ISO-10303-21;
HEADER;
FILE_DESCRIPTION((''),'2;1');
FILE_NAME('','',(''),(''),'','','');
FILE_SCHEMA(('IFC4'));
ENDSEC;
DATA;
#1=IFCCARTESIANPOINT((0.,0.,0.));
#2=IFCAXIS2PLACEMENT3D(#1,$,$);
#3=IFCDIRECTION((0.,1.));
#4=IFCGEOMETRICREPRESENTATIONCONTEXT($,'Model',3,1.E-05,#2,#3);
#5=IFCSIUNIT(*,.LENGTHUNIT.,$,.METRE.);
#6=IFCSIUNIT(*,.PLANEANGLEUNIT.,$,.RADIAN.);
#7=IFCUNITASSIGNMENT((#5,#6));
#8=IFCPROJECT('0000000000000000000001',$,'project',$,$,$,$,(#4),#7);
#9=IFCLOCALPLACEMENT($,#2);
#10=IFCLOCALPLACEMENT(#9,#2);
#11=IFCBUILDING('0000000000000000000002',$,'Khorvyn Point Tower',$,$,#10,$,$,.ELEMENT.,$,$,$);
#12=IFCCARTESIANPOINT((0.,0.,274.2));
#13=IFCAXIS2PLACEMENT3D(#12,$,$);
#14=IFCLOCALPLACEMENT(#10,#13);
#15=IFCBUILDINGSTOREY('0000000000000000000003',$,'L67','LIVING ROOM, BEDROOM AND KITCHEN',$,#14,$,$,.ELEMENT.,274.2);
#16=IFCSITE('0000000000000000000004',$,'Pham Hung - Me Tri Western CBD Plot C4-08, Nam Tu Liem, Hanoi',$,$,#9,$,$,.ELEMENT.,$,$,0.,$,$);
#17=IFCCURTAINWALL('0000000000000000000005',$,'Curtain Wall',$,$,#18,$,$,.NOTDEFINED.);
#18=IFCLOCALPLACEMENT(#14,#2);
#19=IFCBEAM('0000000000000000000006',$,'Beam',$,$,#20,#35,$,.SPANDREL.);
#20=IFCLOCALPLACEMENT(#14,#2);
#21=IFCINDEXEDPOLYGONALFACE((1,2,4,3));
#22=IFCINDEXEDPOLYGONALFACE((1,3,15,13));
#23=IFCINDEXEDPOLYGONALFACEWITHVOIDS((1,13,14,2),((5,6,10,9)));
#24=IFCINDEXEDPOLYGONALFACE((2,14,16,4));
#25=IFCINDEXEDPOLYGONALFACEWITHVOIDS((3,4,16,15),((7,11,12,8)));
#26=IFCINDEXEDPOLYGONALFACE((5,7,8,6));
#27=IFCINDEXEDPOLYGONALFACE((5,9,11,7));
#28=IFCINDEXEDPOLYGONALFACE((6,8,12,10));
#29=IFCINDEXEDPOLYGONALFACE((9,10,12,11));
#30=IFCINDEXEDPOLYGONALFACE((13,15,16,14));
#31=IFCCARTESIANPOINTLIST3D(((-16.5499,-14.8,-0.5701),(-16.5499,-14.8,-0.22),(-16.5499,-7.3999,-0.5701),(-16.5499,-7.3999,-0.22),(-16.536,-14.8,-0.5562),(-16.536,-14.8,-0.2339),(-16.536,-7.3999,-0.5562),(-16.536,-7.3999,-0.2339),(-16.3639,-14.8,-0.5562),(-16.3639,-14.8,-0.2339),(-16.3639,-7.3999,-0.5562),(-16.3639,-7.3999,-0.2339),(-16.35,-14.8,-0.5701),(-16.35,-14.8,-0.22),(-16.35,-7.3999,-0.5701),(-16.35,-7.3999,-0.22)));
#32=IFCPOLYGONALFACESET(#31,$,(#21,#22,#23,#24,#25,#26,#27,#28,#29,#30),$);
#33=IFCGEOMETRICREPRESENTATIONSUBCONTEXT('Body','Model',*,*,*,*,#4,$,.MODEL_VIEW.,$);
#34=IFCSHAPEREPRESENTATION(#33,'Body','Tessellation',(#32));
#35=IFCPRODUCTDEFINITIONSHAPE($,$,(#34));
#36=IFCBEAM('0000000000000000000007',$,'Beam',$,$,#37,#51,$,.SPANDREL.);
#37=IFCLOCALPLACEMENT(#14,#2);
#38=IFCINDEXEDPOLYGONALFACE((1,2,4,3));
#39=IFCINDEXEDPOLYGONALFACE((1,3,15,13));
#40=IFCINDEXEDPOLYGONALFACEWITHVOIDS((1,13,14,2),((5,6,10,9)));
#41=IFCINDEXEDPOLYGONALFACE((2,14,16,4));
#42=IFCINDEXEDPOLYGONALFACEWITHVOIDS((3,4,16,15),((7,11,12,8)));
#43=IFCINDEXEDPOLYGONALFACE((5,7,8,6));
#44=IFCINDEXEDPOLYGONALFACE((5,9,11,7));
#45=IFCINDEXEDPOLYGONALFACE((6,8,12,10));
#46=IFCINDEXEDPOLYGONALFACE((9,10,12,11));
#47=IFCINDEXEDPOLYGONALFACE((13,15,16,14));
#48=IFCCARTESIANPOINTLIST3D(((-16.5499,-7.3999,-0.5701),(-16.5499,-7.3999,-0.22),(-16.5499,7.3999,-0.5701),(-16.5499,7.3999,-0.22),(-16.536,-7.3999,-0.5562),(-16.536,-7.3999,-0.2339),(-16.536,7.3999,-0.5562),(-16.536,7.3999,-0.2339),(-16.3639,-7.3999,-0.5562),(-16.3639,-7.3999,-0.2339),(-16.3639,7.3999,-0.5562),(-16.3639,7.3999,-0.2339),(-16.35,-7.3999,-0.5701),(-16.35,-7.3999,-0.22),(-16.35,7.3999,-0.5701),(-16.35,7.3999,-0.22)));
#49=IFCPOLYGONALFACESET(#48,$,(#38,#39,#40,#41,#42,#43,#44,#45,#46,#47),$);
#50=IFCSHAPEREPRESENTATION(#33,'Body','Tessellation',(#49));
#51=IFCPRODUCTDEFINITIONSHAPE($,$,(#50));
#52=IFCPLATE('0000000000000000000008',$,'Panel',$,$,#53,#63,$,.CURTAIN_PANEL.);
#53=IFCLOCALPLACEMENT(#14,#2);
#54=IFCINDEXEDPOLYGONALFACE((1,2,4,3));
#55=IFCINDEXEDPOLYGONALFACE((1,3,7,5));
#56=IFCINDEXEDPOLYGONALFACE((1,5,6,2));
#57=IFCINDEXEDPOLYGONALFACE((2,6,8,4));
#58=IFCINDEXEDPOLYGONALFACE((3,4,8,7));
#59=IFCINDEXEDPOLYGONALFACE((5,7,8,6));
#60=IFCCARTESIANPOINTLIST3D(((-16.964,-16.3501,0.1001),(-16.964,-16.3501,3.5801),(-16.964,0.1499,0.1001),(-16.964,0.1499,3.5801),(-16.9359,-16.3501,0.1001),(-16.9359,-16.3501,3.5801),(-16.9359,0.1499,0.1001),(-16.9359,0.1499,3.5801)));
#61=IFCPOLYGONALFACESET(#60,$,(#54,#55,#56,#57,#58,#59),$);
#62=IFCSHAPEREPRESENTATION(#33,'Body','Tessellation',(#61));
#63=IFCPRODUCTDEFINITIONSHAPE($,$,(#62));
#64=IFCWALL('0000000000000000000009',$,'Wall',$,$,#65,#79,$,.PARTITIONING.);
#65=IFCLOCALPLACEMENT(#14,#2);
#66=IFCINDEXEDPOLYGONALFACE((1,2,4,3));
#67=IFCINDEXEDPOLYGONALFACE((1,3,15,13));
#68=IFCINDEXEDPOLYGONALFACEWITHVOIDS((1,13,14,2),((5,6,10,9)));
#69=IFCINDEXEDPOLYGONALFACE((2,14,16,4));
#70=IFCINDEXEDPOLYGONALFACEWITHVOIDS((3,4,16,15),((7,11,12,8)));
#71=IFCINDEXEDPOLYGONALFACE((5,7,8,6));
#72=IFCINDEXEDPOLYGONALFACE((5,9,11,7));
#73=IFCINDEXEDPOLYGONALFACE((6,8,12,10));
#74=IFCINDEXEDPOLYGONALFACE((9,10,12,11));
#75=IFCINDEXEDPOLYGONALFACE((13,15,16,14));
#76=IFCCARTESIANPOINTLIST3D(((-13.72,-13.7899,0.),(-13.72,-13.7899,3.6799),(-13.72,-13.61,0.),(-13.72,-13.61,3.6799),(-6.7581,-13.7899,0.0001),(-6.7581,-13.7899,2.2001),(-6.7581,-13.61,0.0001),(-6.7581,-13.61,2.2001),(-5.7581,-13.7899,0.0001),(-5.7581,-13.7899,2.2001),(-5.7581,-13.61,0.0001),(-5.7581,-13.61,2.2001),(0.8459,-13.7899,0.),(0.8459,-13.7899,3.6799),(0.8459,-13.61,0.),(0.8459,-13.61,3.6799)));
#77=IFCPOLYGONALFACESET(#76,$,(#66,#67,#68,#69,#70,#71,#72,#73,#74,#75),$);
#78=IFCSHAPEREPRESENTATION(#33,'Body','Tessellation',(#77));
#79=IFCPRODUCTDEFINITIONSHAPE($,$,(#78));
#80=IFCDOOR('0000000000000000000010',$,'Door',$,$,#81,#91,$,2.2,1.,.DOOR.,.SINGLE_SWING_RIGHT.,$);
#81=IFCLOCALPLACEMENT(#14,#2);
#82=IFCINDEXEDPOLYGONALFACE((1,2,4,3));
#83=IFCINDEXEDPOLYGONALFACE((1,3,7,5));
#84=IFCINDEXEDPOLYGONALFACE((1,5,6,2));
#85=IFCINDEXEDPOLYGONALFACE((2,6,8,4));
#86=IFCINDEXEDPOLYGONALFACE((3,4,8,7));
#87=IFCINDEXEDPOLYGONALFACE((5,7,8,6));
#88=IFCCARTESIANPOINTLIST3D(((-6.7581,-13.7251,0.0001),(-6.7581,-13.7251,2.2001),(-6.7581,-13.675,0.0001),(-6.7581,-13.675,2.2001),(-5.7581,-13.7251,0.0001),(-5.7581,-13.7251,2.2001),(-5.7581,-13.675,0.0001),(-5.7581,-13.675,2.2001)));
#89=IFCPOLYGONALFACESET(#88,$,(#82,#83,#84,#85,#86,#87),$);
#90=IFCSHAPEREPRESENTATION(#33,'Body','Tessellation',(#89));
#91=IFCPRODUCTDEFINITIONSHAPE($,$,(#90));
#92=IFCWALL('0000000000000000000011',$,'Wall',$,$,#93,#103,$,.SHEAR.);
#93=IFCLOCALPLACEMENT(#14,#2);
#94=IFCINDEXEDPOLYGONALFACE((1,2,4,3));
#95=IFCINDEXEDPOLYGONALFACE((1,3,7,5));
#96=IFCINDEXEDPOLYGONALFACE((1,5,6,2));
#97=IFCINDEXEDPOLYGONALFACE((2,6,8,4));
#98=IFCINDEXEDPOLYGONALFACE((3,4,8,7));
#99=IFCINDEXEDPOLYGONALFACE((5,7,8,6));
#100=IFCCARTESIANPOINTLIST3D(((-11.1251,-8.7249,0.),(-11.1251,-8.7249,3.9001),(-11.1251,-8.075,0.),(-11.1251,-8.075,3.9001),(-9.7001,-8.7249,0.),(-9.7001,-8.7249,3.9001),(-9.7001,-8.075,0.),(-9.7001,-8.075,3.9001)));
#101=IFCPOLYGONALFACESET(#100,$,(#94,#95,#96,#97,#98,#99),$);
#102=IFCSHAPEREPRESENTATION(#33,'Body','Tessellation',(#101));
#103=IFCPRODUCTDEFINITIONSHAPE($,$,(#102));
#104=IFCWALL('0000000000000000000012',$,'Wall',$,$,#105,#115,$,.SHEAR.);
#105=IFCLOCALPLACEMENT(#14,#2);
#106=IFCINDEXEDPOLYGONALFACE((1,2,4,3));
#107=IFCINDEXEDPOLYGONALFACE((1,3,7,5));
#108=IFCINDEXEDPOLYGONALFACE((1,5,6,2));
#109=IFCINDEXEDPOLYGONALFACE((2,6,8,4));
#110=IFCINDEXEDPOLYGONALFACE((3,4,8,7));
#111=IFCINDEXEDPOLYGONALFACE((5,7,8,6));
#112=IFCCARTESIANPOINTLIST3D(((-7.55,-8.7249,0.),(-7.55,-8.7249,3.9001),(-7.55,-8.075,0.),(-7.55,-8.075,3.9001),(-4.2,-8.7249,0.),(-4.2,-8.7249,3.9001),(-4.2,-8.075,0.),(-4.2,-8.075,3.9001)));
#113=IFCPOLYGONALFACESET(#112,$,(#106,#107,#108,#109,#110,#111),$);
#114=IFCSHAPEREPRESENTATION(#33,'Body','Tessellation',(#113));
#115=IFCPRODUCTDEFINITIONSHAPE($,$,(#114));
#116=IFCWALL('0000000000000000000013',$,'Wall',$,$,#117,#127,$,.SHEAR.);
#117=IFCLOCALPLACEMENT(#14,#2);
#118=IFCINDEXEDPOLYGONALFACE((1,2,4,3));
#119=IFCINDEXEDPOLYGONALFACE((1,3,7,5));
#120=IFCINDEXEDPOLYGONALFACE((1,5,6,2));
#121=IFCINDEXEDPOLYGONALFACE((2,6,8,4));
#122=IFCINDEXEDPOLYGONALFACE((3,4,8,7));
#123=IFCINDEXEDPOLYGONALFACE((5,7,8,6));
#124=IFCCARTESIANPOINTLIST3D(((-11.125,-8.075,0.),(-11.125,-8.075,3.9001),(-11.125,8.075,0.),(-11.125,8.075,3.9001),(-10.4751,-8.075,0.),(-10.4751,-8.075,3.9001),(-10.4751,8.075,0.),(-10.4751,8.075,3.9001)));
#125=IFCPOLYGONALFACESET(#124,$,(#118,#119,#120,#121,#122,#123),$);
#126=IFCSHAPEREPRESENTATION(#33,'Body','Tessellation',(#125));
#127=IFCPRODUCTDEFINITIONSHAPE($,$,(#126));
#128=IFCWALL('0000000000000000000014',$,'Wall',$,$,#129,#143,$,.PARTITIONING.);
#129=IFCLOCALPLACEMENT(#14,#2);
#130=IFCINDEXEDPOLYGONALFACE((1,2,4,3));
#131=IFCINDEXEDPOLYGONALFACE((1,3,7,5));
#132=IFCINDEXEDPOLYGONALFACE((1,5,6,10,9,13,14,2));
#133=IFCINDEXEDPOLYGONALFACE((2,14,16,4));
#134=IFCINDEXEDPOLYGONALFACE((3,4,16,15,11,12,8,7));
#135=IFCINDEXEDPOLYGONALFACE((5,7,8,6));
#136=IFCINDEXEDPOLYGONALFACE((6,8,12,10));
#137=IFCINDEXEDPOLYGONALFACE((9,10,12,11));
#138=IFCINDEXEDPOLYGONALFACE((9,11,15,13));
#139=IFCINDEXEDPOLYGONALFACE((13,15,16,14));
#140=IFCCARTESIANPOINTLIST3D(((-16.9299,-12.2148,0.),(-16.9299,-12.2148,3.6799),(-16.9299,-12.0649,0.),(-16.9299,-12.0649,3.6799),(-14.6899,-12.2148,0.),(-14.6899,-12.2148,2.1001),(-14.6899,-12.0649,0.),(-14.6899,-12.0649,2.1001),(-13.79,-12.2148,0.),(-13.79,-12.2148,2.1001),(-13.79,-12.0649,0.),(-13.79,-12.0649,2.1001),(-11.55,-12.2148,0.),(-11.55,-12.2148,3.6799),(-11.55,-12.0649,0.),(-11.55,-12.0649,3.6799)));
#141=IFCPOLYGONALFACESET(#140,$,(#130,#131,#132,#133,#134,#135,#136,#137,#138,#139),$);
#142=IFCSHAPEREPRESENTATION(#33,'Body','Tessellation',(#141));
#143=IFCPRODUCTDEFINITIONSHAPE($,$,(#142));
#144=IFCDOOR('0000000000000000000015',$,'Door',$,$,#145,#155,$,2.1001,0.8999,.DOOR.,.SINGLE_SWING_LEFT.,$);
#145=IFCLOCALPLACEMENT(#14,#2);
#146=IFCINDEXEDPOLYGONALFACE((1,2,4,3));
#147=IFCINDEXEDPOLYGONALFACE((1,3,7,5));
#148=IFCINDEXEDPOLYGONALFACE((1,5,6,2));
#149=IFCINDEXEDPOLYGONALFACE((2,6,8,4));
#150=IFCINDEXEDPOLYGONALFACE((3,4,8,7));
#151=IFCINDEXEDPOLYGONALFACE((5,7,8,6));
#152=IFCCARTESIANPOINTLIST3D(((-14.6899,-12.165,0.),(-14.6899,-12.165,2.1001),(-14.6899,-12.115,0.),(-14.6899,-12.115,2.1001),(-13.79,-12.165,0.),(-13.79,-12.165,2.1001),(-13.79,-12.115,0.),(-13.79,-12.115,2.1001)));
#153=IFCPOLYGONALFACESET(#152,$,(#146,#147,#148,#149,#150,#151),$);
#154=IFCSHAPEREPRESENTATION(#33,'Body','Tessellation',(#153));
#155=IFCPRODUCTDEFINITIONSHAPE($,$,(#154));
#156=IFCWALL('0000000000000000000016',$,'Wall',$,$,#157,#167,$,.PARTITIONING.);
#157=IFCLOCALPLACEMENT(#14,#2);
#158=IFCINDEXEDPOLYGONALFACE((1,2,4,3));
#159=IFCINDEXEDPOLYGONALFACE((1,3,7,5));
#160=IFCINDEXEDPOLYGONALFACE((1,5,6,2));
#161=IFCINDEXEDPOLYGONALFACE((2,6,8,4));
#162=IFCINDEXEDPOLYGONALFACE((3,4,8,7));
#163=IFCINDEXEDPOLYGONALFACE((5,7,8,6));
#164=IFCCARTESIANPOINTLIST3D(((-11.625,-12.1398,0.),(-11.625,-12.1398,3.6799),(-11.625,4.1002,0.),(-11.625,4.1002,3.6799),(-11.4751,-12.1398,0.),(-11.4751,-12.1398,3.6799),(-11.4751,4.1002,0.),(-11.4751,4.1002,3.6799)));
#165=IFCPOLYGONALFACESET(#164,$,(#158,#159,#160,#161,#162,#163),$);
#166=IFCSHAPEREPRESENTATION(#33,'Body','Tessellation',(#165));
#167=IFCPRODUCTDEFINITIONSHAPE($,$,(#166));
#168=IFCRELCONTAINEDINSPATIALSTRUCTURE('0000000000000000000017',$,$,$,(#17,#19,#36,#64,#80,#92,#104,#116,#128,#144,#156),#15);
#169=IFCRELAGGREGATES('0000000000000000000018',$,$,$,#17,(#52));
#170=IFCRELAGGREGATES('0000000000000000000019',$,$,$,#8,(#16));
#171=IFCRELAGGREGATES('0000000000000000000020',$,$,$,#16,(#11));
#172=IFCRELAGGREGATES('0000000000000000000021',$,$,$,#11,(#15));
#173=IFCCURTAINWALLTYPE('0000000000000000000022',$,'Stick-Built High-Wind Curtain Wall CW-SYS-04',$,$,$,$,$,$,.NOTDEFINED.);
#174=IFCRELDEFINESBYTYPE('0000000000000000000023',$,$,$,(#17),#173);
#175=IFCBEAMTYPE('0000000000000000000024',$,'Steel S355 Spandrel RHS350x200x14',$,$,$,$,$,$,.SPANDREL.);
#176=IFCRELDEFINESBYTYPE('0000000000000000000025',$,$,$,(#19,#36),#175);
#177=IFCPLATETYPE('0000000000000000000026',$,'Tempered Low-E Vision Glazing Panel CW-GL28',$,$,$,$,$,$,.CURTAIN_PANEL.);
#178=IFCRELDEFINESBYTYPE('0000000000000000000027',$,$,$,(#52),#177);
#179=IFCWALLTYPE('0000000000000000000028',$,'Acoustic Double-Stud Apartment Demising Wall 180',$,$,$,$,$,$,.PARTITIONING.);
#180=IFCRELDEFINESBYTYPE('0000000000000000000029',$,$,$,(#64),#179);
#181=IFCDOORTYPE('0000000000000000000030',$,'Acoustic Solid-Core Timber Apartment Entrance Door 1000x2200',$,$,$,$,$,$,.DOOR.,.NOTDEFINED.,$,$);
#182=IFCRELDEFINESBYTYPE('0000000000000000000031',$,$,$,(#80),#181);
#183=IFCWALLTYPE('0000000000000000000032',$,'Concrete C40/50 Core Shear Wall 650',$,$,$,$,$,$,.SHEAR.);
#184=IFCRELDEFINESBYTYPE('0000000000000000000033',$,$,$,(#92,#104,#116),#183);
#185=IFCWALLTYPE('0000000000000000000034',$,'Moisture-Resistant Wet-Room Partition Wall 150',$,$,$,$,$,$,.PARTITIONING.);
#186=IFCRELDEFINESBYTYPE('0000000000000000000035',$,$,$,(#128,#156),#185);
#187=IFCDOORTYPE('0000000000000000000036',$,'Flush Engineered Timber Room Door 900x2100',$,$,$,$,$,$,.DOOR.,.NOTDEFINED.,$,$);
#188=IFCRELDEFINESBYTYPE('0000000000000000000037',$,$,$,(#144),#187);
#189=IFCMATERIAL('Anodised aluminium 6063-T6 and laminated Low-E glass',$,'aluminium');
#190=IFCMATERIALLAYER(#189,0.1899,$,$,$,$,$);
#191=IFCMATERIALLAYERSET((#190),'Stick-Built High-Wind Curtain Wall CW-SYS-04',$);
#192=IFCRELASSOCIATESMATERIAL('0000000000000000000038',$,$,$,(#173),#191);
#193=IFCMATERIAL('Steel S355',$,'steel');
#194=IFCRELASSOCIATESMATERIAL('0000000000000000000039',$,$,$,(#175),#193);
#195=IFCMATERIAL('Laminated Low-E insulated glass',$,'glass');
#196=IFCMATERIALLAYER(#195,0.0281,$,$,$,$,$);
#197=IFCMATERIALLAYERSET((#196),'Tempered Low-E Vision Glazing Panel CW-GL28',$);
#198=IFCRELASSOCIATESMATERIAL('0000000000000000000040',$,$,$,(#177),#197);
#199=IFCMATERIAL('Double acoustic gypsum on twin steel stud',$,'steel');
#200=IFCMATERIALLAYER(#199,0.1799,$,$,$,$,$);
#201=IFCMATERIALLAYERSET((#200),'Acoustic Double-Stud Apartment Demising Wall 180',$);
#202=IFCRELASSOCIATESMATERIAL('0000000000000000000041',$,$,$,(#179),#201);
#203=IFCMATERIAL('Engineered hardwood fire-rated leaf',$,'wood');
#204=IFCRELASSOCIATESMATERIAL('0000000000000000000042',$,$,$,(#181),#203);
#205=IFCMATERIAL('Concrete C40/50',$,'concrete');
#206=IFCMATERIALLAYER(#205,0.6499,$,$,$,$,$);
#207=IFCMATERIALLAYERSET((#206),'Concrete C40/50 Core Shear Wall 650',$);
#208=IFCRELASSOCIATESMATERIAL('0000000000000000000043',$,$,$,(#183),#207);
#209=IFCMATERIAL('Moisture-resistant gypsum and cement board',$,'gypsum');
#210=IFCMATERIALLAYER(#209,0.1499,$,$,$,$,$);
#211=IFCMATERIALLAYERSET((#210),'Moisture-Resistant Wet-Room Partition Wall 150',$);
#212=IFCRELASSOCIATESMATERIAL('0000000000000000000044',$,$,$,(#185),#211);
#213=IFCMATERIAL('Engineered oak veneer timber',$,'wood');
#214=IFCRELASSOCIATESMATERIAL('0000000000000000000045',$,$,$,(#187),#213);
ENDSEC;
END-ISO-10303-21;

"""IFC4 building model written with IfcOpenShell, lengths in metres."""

from ifc_helpers import new_model, si_unit, direction, frame, frame_2d, origin, origin_2d, place, context, subcontext, project, spatial, rectangle, hollow_rectangle, extrude, material, layer, layer_set, material_profile, profile_set, type_object, element, fill, aggregate, save


model = new_model("IFC4")

# Units and contexts
model_context = context("Model", 3, precision=1e-05, world=origin(), true_north=direction((0.0, 1.0)))
body_context = subcontext(model_context, "Body", "Model", "MODEL_VIEW")
ifc_project = project(units=[si_unit("LENGTHUNIT", "METRE"), si_unit("PLANEANGLEUNIT", "RADIAN")], contexts=[model_context])

# Site, building, storey
site_placement = place(None, origin())
site = spatial("IfcSite", under=ifc_project, at=site_placement, Name="Pham Hung - Me Tri Western CBD Plot C4-08, Nam Tu Liem, Hanoi", CompositionType="ELEMENT", RefElevation=0.0)
building_placement = place(site_placement, origin())
building = spatial("IfcBuilding", under=site, at=building_placement, Name="Khorvyn Point Tower", CompositionType="ELEMENT")
storey_placement = place(building_placement, frame((0.0, 0.0, 274.2)))
storey = spatial("IfcBuildingStorey", under=building, at=storey_placement, Name="L67", Description="LIVING ROOM, BEDROOM AND KITCHEN", CompositionType="ELEMENT", Elevation=274.2)

# Shared definitions
ifc_material_1 = material(Name="Concrete C40/50", Category="concrete")
ifc_material_2 = material(Name="Steel S355", Category="steel")

# Curtain wall
ifc_material_3 = material(Name="Anodised aluminium 6063-T6 and laminated Low-E glass", Category="aluminium")
ifc_layer_1 = layer(ifc_material_3, 0.1899)
ifc_layer_set_1 = layer_set([ifc_layer_1], Name="Stick-Built High-Wind Curtain Wall CW-SYS-04")
curtain_wall_type = type_object("IfcCurtainWallType", Name="Stick-Built High-Wind Curtain Wall CW-SYS-04", PredefinedType="NOTDEFINED", material=ifc_layer_set_1)
curtain_wall_placement = place(storey_placement, origin())
curtain_wall = element("IfcCurtainWall", 1, at=curtain_wall_placement, inside=storey, type_object=curtain_wall_type, Name="Curtain Wall", PredefinedType="NOTDEFINED")

# Beams
ifc_material_profile_1 = material_profile(ifc_material_2, hollow_rectangle(XDim=0.2, YDim=0.3501, WallThickness=0.0139, at=origin_2d()))
ifc_profile_set_1 = profile_set([ifc_material_profile_1], Name="Steel S355 RHS350x200x14")
beam_type_1 = type_object("IfcBeamType", Name="Steel S355 Spandrel RHS350x200x14", PredefinedType="SPANDREL", material=ifc_profile_set_1)
beam_1_placement = place(storey_placement, frame((-16.45, -14.8, -0.395), z_axis=(0.0, 1.0, 0.0), x_axis=(-1.0, 0.0, 0.0)))
element("IfcBeam", 2, at=beam_1_placement, inside=storey, type_object=beam_type_1, Name="Beam", PredefinedType="SPANDREL", context=body_context, shape_type="SweptSolid", body=[
    extrude(hollow_rectangle(XDim=0.2, YDim=0.3501, WallThickness=0.0139, at=origin_2d()), origin(), (0.0, 0.0, 1.0), 7.4001),
])
beam_2_placement = place(storey_placement, frame((-16.45, -7.3999, -0.395), z_axis=(0.0, 1.0, 0.0), x_axis=(-1.0, 0.0, 0.0)))
element("IfcBeam", 3, at=beam_2_placement, inside=storey, type_object=beam_type_1, Name="Beam", PredefinedType="SPANDREL", context=body_context, shape_type="SweptSolid", body=[
    extrude(hollow_rectangle(XDim=0.2, YDim=0.3501, WallThickness=0.0139, at=origin_2d()), origin(), (0.0, 0.0, 1.0), 14.7998),
])

# Plate
ifc_material_4 = material(Name="Laminated Low-E insulated glass", Category="glass")
ifc_layer_2 = layer(ifc_material_4, 0.0281)
ifc_layer_set_2 = layer_set([ifc_layer_2], Name="Tempered Low-E Vision Glazing Panel CW-GL28")
plate_type = type_object("IfcPlateType", Name="Tempered Low-E Vision Glazing Panel CW-GL28", PredefinedType="CURTAIN_PANEL", material=ifc_layer_set_2)
plate_placement = place(storey_placement, frame((-16.95, -8.1001, 0.1001), z_axis=(0.0, 0.0, 1.0), x_axis=(0.0, 1.0, 0.0)))
plate = element("IfcPlate", 4, at=plate_placement, type_object=plate_type, Name="Panel", PredefinedType="CURTAIN_PANEL", context=body_context, shape_type="SweptSolid", body=[
    extrude(rectangle(XDim=16.5, YDim=0.0281, at=origin_2d()), origin(), (0.0, 0.0, 1.0), 3.48),
])
aggregate(curtain_wall, [plate])

# Wall, opening, door
ifc_material_5 = material(Name="Double acoustic gypsum on twin steel stud", Category="steel")
ifc_layer_3 = layer(ifc_material_5, 0.1799)
ifc_layer_set_3 = layer_set([ifc_layer_3], Name="Acoustic Double-Stud Apartment Demising Wall 180")
wall_type_1 = type_object("IfcWallType", Name="Acoustic Double-Stud Apartment Demising Wall 180", PredefinedType="PARTITIONING", material=ifc_layer_set_3)
wall_1_placement = place(storey_placement, frame((-13.72, -13.7, 0.0), z_axis=(0.0, 0.0, 1.0), x_axis=(1.0, 0.0, 0.0)))
wall_1 = element("IfcWall", 5, at=wall_1_placement, inside=storey, type_object=wall_type_1, Name="Wall", PredefinedType="PARTITIONING", context=body_context, shape_type="SweptSolid", body=[
    extrude(rectangle(XDim=14.5659, YDim=0.1799, at=frame_2d((7.283, 0.0))), origin(), (0.0, 0.0, 1.0), 3.6799),
])
opening_1_placement = place(wall_1_placement, frame((6.9619, 0.0, 0.0)))
opening_1 = element("IfcOpeningElement", 6, at=opening_1_placement, cuts=wall_1, PredefinedType="OPENING", context=body_context, shape_type="SweptSolid", body=[
    extrude(rectangle(XDim=1.0, YDim=2.2, at=frame_2d((0.5, 1.1001))), frame((0.0, 0.0999, 0.0), z_axis=(0.0, -1.0, 0.0), x_axis=(1.0, 0.0, 0.0)), (0.0, 0.0, 1.0), 0.2),
])
ifc_material_6 = material(Name="Engineered hardwood fire-rated leaf", Category="wood")
door_type_1 = type_object("IfcDoorType", Name="Acoustic Solid-Core Timber Apartment Entrance Door 1000x2200", OperationType="NOTDEFINED", PredefinedType="DOOR", material=ifc_material_6)
door_1_placement = place(opening_1_placement, origin())
door_1 = element("IfcDoor", 7, at=door_1_placement, inside=storey, type_object=door_type_1, Name="Door", OperationType="SINGLE_SWING_RIGHT", OverallHeight=2.2, OverallWidth=1.0, PredefinedType="DOOR", context=body_context, shape_type="SweptSolid", body=[
    extrude(rectangle(XDim=1.0, YDim=2.2, at=frame_2d((0.5, 1.1001))), frame((0.0, 0.0249, 0.0), z_axis=(0.0, -1.0, 0.0), x_axis=(1.0, 0.0, 0.0)), (0.0, 0.0, 1.0), 0.05),
])
fill(opening_1, door_1)

# Walls
ifc_layer_4 = layer(ifc_material_1, 0.6499)
ifc_layer_set_4 = layer_set([ifc_layer_4], Name="Concrete C40/50 Core Shear Wall 650")
wall_type_2 = type_object("IfcWallType", Name="Concrete C40/50 Core Shear Wall 650", PredefinedType="SHEAR", material=ifc_layer_set_4)
wall_2_placement = place(storey_placement, frame((-11.125, -8.3999, 0.0), z_axis=(0.0, 0.0, 1.0), x_axis=(1.0, 0.0, 0.0)))
element("IfcWall", 8, at=wall_2_placement, inside=storey, type_object=wall_type_2, Name="Wall", PredefinedType="SHEAR", context=body_context, shape_type="SweptSolid", body=[
    extrude(rectangle(XDim=1.425, YDim=0.6499, at=frame_2d((0.7124, 0.0))), origin(), (0.0, 0.0, 1.0), 3.9001),
])
wall_3_placement = place(storey_placement, frame((-7.55, -8.3999, 0.0), z_axis=(0.0, 0.0, 1.0), x_axis=(1.0, 0.0, 0.0)))
element("IfcWall", 9, at=wall_3_placement, inside=storey, type_object=wall_type_2, Name="Wall", PredefinedType="SHEAR", context=body_context, shape_type="SweptSolid", body=[
    extrude(rectangle(XDim=3.3501, YDim=0.6499, at=frame_2d((1.675, 0.0))), origin(), (0.0, 0.0, 1.0), 3.9001),
])
wall_4_placement = place(storey_placement, frame((-10.8, -8.075, 0.0), z_axis=(0.0, 0.0, 1.0), x_axis=(0.0, 1.0, 0.0)))
element("IfcWall", 10, at=wall_4_placement, inside=storey, type_object=wall_type_2, Name="Wall", PredefinedType="SHEAR", context=body_context, shape_type="SweptSolid", body=[
    extrude(rectangle(XDim=16.1499, YDim=0.6499, at=frame_2d((8.075, 0.0))), origin(), (0.0, 0.0, 1.0), 3.9001),
])

# Wall, opening, door
ifc_material_7 = material(Name="Moisture-resistant gypsum and cement board", Category="gypsum")
ifc_layer_5 = layer(ifc_material_7, 0.1499)
ifc_layer_set_5 = layer_set([ifc_layer_5], Name="Moisture-Resistant Wet-Room Partition Wall 150")
wall_type_3 = type_object("IfcWallType", Name="Moisture-Resistant Wet-Room Partition Wall 150", PredefinedType="PARTITIONING", material=ifc_layer_set_5)
wall_5_placement = place(storey_placement, frame((-16.9299, -12.1399, 0.0), z_axis=(0.0, 0.0, 1.0), x_axis=(1.0, 0.0, 0.0)))
wall_5 = element("IfcWall", 11, at=wall_5_placement, inside=storey, type_object=wall_type_3, Name="Wall", PredefinedType="PARTITIONING", context=body_context, shape_type="SweptSolid", body=[
    extrude(rectangle(XDim=5.3799, YDim=0.1499, at=frame_2d((2.6899, 0.0))), origin(), (0.0, 0.0, 1.0), 3.6799),
])
opening_2_placement = place(wall_5_placement, frame((2.24, 0.0, 0.0)))
opening_2 = element("IfcOpeningElement", 12, at=opening_2_placement, cuts=wall_5, PredefinedType="OPENING", context=body_context, shape_type="SweptSolid", body=[
    extrude(rectangle(XDim=0.8999, YDim=2.1001, at=frame_2d((0.45, 1.05))), frame((0.0, 0.085, 0.0), z_axis=(0.0, -1.0, 0.0), x_axis=(1.0, 0.0, 0.0)), (0.0, 0.0, 1.0), 0.1699),
])
ifc_material_8 = material(Name="Engineered oak veneer timber", Category="wood")
door_type_2 = type_object("IfcDoorType", Name="Flush Engineered Timber Room Door 900x2100", OperationType="NOTDEFINED", PredefinedType="DOOR", material=ifc_material_8)
door_2_placement = place(opening_2_placement, origin())
door_2 = element("IfcDoor", 13, at=door_2_placement, inside=storey, type_object=door_type_2, Name="Door", OperationType="SINGLE_SWING_LEFT", OverallHeight=2.1001, OverallWidth=0.8999, PredefinedType="DOOR", context=body_context, shape_type="SweptSolid", body=[
    extrude(rectangle(XDim=0.8999, YDim=2.1001, at=frame_2d((0.45, 1.05))), frame((0.0, 0.0249, 0.0), z_axis=(0.0, -1.0, 0.0), x_axis=(1.0, 0.0, 0.0)), (0.0, 0.0, 1.0), 0.05),
])
fill(opening_2, door_2)

# Wall
wall_6_placement = place(storey_placement, frame((-11.55, -12.1399, 0.0), z_axis=(0.0, 0.0, 1.0), x_axis=(0.0, 1.0, 0.0)))
element("IfcWall", 14, at=wall_6_placement, inside=storey, type_object=wall_type_3, Name="Wall", PredefinedType="PARTITIONING", context=body_context, shape_type="SweptSolid", body=[
    extrude(rectangle(XDim=16.24, YDim=0.1499, at=frame_2d((8.1201, 0.0))), origin(), (0.0, 0.0, 1.0), 3.6799),
])

save(model, "model.ifc")
